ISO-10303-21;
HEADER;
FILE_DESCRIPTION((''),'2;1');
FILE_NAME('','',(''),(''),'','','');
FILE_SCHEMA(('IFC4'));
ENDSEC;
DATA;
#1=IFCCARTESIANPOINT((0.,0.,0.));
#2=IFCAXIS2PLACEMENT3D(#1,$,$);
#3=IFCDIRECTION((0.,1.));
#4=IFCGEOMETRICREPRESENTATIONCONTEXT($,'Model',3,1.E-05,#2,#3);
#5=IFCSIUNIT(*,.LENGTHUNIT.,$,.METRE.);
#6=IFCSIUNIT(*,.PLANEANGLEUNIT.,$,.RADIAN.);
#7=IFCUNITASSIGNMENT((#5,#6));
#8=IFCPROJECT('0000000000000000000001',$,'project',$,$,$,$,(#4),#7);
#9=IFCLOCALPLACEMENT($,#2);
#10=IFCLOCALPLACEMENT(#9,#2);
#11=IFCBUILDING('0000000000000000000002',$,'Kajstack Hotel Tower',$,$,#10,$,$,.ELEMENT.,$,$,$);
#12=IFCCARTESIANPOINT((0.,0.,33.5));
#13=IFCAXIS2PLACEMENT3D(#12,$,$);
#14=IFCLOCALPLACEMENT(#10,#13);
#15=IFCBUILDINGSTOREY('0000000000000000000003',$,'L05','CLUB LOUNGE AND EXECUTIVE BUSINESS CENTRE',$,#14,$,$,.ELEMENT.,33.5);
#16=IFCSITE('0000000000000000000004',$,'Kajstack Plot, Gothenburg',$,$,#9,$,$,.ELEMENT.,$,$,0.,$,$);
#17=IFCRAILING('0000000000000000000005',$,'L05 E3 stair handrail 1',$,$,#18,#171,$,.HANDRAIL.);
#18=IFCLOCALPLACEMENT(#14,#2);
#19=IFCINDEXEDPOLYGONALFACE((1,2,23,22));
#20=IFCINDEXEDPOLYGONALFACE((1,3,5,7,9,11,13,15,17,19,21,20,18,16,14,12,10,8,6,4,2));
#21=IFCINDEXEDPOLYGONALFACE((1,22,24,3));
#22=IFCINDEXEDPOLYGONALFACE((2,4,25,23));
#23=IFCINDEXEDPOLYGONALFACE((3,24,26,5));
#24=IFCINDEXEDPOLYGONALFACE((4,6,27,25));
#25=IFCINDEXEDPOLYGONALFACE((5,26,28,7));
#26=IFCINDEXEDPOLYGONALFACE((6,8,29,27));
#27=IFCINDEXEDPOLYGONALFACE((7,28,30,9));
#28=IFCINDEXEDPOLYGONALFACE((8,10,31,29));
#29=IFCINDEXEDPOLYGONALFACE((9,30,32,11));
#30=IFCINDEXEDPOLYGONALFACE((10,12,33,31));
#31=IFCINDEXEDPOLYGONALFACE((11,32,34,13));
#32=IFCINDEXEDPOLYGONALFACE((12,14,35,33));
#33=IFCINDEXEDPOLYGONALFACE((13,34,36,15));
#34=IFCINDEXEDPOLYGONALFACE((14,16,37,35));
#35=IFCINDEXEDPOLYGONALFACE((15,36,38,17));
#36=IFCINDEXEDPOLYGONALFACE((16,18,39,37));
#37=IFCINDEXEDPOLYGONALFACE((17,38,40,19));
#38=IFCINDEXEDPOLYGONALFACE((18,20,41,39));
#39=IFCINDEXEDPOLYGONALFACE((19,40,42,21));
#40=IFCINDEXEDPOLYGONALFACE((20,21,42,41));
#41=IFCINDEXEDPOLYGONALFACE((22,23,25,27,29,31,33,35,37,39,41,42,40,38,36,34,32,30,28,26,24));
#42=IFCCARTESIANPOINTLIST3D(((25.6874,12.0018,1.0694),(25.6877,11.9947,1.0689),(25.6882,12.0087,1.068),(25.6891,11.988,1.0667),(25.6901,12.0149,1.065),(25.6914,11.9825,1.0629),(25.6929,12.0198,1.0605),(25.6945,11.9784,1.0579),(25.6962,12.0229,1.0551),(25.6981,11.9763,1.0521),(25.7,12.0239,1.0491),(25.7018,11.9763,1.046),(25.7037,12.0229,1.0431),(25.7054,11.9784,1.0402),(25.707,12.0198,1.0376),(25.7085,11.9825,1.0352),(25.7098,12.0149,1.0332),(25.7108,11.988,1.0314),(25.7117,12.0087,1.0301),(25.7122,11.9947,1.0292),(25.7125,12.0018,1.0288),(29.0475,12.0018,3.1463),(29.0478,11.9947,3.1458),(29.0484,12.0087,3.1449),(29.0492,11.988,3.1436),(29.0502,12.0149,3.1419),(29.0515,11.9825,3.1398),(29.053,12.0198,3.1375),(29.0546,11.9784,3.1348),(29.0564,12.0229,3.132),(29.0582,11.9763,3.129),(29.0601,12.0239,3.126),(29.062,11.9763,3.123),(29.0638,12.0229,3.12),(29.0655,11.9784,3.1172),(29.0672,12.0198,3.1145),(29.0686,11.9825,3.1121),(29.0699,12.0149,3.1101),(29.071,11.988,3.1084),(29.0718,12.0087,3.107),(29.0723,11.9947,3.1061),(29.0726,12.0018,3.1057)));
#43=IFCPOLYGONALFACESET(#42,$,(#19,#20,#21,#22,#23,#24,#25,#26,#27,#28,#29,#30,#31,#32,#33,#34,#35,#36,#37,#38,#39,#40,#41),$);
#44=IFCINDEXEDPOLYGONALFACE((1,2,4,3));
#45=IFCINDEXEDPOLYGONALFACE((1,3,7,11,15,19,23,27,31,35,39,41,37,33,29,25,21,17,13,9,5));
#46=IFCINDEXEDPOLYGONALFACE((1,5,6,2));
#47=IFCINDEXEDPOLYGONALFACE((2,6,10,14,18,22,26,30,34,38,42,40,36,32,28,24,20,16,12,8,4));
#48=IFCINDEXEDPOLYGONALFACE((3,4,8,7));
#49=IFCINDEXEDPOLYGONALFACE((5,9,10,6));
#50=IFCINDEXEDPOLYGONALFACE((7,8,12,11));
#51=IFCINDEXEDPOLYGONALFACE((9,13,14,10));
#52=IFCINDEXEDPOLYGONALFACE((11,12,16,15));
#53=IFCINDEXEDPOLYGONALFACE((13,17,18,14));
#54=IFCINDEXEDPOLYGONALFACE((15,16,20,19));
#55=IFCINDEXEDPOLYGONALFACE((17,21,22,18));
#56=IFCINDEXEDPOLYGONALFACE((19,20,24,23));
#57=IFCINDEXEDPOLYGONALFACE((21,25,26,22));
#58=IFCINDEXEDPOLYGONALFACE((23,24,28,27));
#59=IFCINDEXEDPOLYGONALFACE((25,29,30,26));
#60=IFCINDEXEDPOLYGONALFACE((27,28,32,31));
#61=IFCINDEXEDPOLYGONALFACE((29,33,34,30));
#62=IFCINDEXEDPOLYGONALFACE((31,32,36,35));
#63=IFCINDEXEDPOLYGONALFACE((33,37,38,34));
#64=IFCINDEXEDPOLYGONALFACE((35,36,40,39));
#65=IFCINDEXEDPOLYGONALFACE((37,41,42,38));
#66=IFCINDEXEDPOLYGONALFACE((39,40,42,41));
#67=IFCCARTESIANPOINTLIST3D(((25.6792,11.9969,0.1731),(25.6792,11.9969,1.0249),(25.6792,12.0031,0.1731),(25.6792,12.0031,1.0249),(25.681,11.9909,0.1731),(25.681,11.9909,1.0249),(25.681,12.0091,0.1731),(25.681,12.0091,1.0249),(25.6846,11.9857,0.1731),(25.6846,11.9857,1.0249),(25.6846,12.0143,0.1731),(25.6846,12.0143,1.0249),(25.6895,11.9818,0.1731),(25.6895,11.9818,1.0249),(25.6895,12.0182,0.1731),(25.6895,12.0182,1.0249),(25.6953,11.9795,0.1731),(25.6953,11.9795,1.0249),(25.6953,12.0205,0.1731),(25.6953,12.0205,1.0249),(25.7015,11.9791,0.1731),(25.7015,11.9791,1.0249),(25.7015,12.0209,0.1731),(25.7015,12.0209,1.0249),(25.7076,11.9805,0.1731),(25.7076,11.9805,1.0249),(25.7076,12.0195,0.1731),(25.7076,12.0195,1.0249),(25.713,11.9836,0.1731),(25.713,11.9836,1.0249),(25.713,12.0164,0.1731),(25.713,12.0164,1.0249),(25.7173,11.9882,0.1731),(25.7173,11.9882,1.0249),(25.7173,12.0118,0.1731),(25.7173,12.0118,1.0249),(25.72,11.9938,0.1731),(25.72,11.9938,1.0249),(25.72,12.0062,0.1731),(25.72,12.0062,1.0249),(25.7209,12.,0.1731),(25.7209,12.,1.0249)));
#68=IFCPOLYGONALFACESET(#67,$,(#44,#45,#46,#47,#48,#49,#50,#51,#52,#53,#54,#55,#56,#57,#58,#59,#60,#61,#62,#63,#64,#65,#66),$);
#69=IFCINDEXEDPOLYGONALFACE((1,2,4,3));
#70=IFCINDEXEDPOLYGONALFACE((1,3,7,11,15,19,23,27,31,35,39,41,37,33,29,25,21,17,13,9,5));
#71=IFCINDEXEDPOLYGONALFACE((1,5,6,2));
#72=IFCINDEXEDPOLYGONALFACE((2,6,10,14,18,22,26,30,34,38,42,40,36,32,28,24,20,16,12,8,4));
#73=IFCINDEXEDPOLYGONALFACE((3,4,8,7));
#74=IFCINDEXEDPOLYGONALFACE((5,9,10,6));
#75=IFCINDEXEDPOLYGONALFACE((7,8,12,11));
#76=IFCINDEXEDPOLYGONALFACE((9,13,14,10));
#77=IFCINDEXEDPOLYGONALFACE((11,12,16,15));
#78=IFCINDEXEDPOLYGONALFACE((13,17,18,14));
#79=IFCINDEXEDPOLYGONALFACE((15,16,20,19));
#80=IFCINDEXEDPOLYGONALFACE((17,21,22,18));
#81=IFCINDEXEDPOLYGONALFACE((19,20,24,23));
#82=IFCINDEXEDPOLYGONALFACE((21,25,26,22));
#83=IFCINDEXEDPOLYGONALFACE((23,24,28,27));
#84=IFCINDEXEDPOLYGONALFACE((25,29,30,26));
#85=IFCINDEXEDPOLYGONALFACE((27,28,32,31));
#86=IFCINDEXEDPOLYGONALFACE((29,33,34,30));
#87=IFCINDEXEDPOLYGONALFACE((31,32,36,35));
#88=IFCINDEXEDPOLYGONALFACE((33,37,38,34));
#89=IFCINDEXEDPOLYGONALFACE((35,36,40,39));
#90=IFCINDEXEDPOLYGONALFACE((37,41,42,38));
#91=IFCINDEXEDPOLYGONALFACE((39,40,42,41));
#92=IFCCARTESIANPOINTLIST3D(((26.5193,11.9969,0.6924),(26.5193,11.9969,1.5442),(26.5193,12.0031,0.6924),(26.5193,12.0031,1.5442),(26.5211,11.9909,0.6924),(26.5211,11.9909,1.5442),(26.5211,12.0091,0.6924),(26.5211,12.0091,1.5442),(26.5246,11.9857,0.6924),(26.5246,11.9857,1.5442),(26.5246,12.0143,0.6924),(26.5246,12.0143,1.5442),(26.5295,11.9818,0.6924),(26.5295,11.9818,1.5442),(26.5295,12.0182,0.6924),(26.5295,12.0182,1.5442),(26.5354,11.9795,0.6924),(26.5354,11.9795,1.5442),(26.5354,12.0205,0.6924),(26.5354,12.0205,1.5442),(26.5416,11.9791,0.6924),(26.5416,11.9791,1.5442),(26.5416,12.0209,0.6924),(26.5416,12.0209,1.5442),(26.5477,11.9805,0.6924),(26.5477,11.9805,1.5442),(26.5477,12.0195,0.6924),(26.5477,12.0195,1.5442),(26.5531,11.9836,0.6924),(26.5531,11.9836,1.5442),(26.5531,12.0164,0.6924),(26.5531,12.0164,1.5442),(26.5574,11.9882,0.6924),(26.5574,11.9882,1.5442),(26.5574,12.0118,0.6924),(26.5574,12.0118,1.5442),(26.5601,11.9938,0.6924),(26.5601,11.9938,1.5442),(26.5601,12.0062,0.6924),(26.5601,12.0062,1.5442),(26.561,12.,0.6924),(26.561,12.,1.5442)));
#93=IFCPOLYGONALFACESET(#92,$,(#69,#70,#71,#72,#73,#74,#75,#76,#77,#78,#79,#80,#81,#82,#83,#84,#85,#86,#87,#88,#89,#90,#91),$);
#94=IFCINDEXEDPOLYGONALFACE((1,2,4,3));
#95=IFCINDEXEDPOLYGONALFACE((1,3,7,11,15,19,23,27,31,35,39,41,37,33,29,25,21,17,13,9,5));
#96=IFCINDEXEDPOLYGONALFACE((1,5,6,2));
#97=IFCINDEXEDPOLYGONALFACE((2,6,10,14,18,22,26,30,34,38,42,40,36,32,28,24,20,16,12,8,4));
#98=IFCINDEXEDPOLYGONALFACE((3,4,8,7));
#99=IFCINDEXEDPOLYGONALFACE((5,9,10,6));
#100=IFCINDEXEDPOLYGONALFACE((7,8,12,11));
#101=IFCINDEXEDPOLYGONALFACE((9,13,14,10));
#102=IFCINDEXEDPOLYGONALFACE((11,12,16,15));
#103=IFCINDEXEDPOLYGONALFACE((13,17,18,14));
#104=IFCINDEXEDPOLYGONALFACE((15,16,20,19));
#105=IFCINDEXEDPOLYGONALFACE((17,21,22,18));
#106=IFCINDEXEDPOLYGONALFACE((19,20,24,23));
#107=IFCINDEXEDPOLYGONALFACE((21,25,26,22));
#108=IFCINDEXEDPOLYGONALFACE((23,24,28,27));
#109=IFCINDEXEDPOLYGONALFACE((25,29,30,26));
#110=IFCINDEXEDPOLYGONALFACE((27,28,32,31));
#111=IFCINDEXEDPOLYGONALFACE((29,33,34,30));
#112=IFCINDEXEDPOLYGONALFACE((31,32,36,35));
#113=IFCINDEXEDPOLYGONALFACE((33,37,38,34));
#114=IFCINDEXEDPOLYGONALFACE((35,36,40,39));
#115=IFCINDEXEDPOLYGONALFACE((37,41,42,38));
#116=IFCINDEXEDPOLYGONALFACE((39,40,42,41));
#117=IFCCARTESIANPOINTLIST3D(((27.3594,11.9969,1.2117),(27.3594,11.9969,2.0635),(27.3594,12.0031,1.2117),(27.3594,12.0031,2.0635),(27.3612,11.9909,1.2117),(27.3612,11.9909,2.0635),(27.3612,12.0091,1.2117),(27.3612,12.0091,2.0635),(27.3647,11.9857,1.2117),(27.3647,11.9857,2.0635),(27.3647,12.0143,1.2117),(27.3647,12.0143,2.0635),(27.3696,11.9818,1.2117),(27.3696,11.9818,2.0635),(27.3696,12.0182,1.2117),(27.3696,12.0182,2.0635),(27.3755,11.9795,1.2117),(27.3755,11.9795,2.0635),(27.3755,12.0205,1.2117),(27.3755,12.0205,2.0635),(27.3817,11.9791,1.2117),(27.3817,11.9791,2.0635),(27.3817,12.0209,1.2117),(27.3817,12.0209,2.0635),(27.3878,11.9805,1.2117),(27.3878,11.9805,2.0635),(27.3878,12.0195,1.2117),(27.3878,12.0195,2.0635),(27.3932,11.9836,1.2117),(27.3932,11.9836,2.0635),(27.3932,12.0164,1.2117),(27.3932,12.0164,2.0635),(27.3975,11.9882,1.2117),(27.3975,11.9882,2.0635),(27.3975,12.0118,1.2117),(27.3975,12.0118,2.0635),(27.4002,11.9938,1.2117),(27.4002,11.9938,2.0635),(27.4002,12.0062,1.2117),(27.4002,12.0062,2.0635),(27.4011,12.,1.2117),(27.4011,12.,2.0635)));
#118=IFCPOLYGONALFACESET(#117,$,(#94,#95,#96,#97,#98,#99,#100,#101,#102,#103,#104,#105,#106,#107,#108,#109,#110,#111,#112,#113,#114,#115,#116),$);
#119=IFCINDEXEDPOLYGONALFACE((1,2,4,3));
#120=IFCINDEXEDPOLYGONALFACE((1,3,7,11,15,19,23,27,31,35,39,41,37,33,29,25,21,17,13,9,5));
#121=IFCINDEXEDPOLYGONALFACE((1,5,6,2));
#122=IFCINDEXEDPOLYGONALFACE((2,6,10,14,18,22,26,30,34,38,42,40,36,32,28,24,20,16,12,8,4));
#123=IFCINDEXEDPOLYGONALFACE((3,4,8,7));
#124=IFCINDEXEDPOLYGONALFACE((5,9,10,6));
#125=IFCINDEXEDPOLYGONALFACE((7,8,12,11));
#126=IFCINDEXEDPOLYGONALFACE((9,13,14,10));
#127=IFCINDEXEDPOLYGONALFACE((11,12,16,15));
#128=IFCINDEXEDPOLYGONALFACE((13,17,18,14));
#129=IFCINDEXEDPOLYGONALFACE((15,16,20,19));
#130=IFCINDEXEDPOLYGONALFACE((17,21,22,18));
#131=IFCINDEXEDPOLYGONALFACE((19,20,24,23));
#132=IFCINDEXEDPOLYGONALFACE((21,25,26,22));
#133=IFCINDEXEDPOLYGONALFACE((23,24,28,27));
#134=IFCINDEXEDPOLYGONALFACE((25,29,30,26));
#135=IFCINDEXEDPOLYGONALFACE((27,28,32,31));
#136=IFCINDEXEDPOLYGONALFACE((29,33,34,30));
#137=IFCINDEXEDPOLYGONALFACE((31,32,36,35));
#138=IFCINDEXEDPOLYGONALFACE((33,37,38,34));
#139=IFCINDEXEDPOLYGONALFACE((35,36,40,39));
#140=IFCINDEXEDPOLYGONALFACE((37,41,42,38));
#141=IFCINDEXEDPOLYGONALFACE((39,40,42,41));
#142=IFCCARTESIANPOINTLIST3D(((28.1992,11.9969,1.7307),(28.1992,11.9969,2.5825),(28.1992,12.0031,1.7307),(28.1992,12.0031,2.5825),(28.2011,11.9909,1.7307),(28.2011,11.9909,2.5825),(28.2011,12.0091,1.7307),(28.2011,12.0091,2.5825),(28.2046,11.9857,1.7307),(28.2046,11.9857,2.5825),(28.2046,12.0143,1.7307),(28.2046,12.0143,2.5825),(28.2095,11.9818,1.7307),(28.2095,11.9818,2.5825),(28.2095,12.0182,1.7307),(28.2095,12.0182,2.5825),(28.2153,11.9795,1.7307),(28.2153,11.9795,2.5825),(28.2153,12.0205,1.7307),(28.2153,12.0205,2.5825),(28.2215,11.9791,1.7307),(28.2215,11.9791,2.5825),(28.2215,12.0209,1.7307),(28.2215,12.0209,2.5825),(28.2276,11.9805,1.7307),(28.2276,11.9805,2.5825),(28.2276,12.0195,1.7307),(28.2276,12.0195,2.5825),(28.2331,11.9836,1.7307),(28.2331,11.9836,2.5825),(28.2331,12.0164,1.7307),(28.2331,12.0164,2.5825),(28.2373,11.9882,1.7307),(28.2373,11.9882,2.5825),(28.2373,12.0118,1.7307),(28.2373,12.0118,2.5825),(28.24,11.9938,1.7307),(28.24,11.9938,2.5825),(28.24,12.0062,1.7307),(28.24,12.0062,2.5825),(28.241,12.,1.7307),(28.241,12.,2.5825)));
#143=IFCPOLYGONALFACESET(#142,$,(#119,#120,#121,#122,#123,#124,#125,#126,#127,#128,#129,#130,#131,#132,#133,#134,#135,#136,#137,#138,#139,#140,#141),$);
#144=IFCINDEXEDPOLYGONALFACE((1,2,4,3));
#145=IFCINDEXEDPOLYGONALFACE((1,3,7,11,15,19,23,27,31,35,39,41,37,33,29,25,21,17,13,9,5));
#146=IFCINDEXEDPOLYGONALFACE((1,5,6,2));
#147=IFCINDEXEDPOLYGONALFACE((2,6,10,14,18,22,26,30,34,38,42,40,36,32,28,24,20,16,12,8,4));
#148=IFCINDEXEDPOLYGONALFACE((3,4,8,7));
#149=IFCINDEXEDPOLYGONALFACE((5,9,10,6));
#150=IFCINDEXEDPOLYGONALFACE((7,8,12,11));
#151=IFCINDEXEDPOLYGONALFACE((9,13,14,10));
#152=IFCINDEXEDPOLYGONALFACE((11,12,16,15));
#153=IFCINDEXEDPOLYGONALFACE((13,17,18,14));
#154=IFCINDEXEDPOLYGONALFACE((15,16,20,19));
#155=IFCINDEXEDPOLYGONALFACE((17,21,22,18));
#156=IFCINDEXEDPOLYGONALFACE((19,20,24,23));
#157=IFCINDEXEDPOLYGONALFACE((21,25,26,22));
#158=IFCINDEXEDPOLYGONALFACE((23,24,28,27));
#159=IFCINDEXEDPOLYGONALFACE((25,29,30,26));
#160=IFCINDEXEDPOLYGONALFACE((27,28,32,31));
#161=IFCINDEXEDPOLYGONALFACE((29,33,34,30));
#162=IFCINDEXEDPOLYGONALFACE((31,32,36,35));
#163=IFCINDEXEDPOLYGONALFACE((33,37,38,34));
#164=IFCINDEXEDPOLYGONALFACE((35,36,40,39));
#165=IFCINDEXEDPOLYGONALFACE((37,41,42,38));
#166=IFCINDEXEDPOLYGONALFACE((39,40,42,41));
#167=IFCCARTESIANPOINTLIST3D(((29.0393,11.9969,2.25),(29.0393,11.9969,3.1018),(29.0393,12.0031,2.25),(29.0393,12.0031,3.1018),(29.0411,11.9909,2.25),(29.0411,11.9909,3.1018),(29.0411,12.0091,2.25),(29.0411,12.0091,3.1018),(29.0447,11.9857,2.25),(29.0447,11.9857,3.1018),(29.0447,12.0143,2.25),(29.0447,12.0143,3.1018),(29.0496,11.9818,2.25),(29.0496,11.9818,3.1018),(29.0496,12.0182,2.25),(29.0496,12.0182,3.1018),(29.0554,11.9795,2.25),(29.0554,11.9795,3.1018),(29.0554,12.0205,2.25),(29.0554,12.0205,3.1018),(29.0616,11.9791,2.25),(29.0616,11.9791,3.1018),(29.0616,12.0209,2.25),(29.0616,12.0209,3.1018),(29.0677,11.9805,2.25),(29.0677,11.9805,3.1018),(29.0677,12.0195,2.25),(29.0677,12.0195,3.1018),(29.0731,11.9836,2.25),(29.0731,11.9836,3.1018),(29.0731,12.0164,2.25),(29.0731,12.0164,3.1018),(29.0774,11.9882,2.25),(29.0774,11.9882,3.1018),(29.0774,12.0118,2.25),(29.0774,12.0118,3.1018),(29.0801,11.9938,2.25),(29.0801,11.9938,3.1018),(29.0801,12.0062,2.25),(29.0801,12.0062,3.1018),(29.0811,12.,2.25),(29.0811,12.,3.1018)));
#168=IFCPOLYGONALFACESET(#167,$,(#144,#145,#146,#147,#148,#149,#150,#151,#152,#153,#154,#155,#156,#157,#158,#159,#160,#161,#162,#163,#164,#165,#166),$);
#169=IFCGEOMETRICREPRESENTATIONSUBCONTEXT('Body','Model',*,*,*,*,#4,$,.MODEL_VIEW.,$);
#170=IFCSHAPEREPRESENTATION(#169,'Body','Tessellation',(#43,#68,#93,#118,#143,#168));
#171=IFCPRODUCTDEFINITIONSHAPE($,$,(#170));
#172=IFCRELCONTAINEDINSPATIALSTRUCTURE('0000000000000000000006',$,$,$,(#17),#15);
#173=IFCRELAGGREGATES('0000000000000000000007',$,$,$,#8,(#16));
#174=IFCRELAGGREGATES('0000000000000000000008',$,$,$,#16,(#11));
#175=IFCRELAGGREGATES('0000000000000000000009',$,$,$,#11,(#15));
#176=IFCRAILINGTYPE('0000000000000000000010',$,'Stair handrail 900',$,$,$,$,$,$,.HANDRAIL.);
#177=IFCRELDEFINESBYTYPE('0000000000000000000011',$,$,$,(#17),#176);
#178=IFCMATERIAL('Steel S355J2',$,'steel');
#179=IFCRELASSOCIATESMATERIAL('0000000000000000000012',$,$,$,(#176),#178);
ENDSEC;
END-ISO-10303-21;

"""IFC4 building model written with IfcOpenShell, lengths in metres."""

from ifc_helpers import new_model, si_unit, direction, frame, origin, origin_2d, place, context, subcontext, project, spatial, circle, extrude, material, type_object, element, save


model = new_model("IFC4")

# Units and contexts
model_context = context("Model", 3, precision=1e-05, world=origin(), true_north=direction((0.0, 1.0)))
body_context = subcontext(model_context, "Body", "Model", "MODEL_VIEW")
ifc_project = project(units=[si_unit("LENGTHUNIT", "METRE"), si_unit("PLANEANGLEUNIT", "RADIAN")], contexts=[model_context])

# Site, building, storey
site_placement = place(None, origin())
site = spatial("IfcSite", under=ifc_project, at=site_placement, Name="Kajstack Plot, Gothenburg", CompositionType="ELEMENT", RefElevation=0.0)
building_placement = place(site_placement, origin())
building = spatial("IfcBuilding", under=site, at=building_placement, Name="Kajstack Hotel Tower", CompositionType="ELEMENT")
storey_placement = place(building_placement, frame((0.0, 0.0, 33.5)))
storey = spatial("IfcBuildingStorey", under=building, at=storey_placement, Name="L05", Description="CLUB LOUNGE AND EXECUTIVE BUSINESS CENTRE", CompositionType="ELEMENT", Elevation=33.5)

# Railing
ifc_material_1 = material(Name="Steel S355J2", Category="steel")
railing_type_1 = type_object("IfcRailingType", Name="Stair handrail 900", PredefinedType="HANDRAIL", material=ifc_material_1)
railing_1_placement = place(storey_placement, frame((25.7, 12.0, 0.1731)))
element("IfcRailing", 1, at=railing_1_placement, inside=storey, type_object=railing_type_1, Name="L05 E3 stair handrail 1", PredefinedType="HANDRAIL", context=body_context, shape_type="SweptSolid", body=[
    extrude(circle(Radius=0.0239, at=origin_2d()), frame((0.0, 0.0, 0.876), z_axis=(0.850623, 0.0, 0.525776), x_axis=(0.0, 1.0, 0.0)), (0.0, 0.0, 1.0), 3.9502),
    extrude(circle(Radius=0.021, at=origin_2d()), origin(), (0.0, 0.0, 1.0), 0.8518),
    extrude(circle(Radius=0.021, at=origin_2d()), frame((0.8401, 0.0, 0.5193)), (0.0, 0.0, 1.0), 0.8518),
    extrude(circle(Radius=0.021, at=origin_2d()), frame((1.6802, 0.0, 1.0386)), (0.0, 0.0, 1.0), 0.8518),
    extrude(circle(Radius=0.021, at=origin_2d()), frame((2.52, 0.0, 1.5576)), (0.0, 0.0, 1.0), 0.8518),
    extrude(circle(Radius=0.021, at=origin_2d()), frame((3.3601, 0.0, 2.0769)), (0.0, 0.0, 1.0), 0.8518),
])

save(model, "model.ifc")
